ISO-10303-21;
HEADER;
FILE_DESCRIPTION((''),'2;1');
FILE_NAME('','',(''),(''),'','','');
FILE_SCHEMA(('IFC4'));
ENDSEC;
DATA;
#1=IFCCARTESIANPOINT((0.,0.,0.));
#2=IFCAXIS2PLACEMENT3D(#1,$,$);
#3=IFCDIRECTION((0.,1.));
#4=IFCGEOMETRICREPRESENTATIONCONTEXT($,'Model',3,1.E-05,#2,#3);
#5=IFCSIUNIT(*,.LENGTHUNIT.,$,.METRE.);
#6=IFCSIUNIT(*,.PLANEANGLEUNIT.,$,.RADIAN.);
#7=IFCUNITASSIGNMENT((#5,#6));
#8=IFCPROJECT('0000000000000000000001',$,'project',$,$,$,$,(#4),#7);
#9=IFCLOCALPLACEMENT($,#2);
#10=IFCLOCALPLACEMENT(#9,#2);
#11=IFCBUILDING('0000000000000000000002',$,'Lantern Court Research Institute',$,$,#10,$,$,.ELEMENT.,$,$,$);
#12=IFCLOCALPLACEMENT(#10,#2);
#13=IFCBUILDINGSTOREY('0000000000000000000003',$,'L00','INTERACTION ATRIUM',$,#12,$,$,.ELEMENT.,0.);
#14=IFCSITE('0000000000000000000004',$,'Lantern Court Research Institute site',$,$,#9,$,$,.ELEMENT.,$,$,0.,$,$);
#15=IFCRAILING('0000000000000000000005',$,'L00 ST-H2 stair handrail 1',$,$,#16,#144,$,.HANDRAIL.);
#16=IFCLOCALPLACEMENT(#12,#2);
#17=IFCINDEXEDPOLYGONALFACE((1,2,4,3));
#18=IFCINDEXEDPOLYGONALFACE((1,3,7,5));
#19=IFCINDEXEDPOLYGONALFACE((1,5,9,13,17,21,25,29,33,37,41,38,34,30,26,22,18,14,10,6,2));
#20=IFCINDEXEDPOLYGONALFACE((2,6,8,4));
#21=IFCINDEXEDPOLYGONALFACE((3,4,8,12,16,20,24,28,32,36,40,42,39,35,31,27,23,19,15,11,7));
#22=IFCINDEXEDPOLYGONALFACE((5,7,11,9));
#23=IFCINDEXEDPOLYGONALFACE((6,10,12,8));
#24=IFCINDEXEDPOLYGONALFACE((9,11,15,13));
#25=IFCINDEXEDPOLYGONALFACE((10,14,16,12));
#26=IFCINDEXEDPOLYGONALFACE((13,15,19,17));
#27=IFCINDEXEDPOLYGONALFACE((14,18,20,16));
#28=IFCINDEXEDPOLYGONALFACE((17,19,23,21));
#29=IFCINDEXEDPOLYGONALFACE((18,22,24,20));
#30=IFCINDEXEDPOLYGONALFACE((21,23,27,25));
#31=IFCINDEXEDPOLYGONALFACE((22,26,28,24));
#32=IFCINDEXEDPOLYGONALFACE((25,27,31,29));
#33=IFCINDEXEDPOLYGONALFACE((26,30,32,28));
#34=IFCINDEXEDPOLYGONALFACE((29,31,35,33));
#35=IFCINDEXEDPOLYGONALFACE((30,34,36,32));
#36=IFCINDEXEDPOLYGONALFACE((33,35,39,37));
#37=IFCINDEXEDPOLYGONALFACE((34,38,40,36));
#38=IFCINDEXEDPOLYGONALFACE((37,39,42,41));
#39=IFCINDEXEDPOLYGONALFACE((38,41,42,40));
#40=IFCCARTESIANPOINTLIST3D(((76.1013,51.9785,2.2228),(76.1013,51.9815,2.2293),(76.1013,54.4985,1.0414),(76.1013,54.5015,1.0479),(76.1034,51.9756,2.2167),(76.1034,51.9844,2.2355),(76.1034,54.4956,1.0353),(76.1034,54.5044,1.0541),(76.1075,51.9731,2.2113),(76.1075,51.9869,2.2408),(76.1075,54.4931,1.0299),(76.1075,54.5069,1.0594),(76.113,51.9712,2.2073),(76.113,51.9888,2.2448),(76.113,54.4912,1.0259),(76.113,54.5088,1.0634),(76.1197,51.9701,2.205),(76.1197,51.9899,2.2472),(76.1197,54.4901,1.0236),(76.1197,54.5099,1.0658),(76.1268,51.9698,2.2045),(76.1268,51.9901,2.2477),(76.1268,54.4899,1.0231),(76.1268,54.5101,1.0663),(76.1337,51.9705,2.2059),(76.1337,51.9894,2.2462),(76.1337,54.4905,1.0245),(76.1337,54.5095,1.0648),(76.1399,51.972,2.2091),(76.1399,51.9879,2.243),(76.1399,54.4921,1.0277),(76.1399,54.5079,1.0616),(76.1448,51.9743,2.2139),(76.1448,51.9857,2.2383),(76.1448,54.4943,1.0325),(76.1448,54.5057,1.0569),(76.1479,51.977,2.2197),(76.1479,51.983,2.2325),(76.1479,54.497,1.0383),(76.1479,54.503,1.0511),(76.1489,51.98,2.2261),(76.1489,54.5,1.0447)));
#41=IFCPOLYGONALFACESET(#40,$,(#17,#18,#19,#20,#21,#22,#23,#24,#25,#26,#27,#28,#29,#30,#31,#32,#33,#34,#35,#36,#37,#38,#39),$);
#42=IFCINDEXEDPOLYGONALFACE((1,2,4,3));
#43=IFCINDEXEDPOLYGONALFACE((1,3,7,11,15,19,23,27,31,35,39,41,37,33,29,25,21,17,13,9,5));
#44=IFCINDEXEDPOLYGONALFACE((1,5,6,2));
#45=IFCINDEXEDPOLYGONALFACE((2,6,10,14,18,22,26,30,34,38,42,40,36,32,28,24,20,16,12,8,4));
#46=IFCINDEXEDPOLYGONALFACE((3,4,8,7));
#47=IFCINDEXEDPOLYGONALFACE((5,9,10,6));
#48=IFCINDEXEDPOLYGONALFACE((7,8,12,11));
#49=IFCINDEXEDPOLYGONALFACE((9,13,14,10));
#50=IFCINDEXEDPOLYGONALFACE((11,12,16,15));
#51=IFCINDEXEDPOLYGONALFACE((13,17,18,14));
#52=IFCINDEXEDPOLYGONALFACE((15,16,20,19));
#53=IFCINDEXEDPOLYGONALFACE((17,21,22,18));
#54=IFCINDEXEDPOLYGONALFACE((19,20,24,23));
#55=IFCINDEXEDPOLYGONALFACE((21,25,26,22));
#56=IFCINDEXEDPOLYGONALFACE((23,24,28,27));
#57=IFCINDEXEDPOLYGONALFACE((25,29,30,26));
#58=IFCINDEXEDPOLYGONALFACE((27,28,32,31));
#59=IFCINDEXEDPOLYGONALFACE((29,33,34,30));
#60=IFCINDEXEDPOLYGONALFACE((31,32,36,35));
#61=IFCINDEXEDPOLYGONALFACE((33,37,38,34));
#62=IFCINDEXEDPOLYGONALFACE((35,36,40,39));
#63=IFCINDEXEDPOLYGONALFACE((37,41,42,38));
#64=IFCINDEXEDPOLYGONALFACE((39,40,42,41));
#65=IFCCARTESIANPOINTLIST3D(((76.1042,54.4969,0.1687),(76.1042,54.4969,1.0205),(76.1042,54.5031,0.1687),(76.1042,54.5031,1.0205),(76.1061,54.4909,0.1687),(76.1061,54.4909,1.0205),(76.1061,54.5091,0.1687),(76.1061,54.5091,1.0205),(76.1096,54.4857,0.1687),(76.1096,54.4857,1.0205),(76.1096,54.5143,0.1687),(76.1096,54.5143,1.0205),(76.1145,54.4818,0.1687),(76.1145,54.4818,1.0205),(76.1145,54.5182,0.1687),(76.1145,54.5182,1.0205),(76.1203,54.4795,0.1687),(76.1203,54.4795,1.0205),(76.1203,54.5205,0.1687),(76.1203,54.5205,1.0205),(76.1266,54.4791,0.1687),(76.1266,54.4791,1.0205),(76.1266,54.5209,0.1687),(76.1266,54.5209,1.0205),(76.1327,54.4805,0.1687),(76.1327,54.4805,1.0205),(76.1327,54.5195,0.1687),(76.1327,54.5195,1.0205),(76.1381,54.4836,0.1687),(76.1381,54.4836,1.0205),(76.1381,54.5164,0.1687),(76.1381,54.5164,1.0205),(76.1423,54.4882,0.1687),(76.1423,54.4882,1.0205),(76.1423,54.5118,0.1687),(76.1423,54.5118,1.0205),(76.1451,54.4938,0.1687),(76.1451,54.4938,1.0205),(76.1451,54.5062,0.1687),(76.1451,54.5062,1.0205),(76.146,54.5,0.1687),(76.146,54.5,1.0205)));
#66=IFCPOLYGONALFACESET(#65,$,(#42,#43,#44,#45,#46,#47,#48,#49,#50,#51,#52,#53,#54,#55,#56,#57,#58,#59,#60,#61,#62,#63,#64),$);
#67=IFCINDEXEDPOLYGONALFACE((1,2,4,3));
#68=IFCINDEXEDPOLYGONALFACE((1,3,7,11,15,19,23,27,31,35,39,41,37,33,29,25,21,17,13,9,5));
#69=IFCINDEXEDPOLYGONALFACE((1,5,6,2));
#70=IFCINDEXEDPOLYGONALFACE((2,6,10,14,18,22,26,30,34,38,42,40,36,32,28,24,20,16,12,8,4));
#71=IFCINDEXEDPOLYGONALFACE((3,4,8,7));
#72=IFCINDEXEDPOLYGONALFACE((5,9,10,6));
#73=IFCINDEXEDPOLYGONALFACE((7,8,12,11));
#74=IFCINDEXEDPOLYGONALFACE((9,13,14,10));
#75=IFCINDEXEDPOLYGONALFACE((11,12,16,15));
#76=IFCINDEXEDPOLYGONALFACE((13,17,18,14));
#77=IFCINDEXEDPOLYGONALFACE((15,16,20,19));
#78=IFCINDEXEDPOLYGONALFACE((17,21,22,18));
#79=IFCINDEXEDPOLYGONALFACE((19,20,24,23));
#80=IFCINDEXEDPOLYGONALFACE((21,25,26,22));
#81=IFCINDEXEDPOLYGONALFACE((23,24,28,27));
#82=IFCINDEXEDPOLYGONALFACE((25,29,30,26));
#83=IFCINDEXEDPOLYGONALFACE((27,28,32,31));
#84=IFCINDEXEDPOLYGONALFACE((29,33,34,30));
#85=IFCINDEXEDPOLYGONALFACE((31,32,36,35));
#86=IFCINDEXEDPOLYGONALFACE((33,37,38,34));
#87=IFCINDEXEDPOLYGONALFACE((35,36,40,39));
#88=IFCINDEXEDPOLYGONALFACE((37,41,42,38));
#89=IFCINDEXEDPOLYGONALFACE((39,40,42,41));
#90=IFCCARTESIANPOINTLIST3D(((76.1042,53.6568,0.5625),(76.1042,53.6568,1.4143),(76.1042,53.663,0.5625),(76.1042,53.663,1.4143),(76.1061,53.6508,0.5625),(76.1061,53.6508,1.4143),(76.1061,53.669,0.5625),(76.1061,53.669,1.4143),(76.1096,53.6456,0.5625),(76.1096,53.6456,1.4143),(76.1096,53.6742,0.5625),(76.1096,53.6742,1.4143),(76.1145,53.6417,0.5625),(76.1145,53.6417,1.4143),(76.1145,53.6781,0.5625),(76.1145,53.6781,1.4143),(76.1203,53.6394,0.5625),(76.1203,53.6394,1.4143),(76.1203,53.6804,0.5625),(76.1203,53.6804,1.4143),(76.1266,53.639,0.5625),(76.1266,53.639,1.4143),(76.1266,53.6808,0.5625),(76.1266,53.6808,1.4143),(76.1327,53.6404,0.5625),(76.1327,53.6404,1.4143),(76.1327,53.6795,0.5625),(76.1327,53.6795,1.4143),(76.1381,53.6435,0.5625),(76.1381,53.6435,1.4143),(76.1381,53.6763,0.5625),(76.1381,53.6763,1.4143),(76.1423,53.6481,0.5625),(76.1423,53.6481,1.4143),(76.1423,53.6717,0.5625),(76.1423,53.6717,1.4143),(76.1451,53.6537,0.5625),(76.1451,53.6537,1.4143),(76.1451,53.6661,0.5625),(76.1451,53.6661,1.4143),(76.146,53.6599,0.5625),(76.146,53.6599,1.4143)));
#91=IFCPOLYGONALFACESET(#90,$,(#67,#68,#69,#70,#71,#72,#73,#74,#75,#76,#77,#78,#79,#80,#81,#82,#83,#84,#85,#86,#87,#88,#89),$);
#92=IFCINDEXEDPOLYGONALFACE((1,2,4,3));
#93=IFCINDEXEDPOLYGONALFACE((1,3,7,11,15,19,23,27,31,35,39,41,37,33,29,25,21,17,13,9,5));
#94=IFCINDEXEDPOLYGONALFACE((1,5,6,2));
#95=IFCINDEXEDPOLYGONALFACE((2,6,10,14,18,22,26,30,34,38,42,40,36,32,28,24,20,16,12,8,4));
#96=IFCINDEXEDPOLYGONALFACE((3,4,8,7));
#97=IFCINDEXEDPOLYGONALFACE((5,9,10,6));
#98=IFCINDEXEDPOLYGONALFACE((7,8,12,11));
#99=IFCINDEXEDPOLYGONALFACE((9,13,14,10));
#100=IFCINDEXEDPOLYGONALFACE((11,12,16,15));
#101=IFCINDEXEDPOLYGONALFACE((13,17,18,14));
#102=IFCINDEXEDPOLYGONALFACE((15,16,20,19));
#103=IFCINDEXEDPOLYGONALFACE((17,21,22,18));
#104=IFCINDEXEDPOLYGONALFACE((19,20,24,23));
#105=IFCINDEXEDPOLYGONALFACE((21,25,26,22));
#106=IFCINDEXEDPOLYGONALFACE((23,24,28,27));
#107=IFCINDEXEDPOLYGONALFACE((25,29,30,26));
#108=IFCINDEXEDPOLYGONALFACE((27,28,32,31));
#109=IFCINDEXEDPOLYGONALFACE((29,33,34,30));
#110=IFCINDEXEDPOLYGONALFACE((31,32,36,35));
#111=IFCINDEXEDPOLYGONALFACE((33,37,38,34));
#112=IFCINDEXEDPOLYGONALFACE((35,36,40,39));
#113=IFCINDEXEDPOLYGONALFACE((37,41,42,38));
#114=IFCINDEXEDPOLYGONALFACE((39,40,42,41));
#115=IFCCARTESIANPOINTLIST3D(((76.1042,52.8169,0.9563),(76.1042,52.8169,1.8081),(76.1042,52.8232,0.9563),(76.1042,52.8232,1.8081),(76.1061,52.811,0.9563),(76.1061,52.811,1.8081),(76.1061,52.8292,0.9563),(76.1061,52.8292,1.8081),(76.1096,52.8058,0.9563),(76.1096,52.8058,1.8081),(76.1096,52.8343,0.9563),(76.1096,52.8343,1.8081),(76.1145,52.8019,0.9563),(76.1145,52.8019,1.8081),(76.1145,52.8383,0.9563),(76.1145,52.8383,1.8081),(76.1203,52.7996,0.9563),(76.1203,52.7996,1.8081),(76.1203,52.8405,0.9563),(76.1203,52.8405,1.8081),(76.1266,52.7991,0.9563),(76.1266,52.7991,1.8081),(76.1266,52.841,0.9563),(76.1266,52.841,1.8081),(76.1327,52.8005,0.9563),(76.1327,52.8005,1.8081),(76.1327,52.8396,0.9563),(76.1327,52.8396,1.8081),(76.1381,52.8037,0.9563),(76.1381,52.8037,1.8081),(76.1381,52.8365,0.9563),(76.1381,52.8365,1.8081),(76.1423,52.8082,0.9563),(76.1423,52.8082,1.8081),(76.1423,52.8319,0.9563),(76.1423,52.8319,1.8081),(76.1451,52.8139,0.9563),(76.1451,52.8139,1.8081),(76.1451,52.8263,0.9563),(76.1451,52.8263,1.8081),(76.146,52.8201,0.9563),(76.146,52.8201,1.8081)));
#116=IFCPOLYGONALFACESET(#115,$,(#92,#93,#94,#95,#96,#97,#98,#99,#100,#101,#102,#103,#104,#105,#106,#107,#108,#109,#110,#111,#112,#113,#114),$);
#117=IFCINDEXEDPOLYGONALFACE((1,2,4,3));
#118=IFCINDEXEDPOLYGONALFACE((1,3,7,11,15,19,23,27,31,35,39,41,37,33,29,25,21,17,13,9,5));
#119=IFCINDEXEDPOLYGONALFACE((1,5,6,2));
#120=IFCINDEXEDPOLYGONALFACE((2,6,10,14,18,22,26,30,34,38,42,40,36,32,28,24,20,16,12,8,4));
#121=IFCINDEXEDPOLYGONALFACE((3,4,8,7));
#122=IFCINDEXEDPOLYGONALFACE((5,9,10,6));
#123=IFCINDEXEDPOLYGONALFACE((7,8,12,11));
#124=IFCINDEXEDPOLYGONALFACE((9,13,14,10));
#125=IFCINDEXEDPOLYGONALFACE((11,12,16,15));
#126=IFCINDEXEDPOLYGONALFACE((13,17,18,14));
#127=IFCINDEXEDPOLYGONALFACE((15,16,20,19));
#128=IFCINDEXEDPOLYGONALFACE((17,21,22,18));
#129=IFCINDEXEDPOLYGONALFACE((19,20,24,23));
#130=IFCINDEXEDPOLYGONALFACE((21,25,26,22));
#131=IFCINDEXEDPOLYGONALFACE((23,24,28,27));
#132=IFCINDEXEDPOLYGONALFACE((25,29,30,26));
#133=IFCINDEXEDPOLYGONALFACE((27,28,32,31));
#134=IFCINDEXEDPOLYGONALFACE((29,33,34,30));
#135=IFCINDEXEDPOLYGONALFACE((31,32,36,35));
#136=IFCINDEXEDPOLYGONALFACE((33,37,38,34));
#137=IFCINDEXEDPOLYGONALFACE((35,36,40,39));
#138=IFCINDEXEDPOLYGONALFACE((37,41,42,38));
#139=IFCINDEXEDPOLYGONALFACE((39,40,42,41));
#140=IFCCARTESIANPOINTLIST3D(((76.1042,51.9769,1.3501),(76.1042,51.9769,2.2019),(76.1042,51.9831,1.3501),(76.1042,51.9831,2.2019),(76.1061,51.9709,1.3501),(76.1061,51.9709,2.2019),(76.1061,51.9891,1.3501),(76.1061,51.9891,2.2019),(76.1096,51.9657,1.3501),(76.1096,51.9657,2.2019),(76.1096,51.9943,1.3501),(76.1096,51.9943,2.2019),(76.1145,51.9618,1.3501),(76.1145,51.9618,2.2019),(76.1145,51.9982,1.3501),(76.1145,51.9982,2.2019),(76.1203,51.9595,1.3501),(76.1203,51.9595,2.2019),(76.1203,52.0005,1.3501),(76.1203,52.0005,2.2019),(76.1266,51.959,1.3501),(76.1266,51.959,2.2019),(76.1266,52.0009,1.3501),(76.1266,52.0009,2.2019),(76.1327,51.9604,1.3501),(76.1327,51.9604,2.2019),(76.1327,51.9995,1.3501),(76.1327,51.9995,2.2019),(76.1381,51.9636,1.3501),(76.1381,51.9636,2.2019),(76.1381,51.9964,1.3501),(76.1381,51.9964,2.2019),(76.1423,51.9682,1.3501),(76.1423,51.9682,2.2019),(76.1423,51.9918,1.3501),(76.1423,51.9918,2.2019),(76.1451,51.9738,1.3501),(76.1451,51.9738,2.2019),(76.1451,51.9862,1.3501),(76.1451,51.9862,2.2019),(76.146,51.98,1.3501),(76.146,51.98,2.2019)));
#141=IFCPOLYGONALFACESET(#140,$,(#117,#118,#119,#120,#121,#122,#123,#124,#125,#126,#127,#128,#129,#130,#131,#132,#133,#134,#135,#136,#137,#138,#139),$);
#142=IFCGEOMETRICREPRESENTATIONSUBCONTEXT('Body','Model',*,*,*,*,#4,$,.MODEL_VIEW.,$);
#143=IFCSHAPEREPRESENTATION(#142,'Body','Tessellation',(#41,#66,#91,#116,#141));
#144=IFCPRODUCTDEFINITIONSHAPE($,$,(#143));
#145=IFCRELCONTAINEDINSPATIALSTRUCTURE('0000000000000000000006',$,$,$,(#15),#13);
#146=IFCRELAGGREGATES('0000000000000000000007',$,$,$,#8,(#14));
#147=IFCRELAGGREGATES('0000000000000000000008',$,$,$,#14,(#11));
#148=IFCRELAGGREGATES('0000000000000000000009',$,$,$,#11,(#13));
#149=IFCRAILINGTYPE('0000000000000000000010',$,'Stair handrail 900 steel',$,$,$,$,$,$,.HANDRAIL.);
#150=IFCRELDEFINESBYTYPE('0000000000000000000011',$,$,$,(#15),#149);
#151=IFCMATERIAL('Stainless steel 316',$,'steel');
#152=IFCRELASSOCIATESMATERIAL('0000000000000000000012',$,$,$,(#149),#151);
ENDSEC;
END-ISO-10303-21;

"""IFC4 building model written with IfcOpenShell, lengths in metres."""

from ifc_helpers import new_model, si_unit, direction, frame, origin, origin_2d, place, context, subcontext, project, spatial, circle, extrude, material, type_object, element, save


model = new_model("IFC4")

# Units and contexts
model_context = context("Model", 3, precision=1e-05, world=origin(), true_north=direction((0.0, 1.0)))
body_context = subcontext(model_context, "Body", "Model", "MODEL_VIEW")
ifc_project = project(units=[si_unit("LENGTHUNIT", "METRE"), si_unit("PLANEANGLEUNIT", "RADIAN")], contexts=[model_context])

# Site, building, storey
site_placement = place(None, origin())
site = spatial("IfcSite", under=ifc_project, at=site_placement, Name="Lantern Court Research Institute site", CompositionType="ELEMENT", RefElevation=0.0)
building_placement = place(site_placement, origin())
building = spatial("IfcBuilding", under=site, at=building_placement, Name="Lantern Court Research Institute", CompositionType="ELEMENT")
storey_placement = place(building_placement, origin())
storey = spatial("IfcBuildingStorey", under=building, at=storey_placement, Name="L00", Description="INTERACTION ATRIUM", CompositionType="ELEMENT", Elevation=0.0)

# Railing
ifc_material_1 = material(Name="Stainless steel 316", Category="steel")
railing_type_1 = type_object("IfcRailingType", Name="Stair handrail 900 steel", PredefinedType="HANDRAIL", material=ifc_material_1)
for number, where, name in (
    (1, (76.125, 54.5, 0.1687), "L00 ST-H2 stair handrail 1"),
):
    element("IfcRailing", number, at=place(storey_placement, frame(where)), inside=storey, type_object=railing_type_1, Name=name, PredefinedType="HANDRAIL", context=body_context, shape_type="SweptSolid", body=[
        extrude(circle(Radius=0.0239, at=origin_2d()), frame((0.0, 0.0, 0.876), z_axis=(0.0, -0.90544, 0.424474), x_axis=(1.0, 0.0, 0.0)), (0.0, 0.0, 1.0), 2.7832),
        extrude(circle(Radius=0.021, at=origin_2d()), origin(), (0.0, 0.0, 1.0), 0.8518),
        extrude(circle(Radius=0.021, at=origin_2d()), frame((0.0, -0.8401, 0.3938)), (0.0, 0.0, 1.0), 0.8518),
        extrude(circle(Radius=0.021, at=origin_2d()), frame((0.0, -1.6799, 0.7876)), (0.0, 0.0, 1.0), 0.8518),
        extrude(circle(Radius=0.021, at=origin_2d()), frame((0.0, -2.52, 1.1814)), (0.0, 0.0, 1.0), 0.8518),
    ])

save(model, "model.ifc")
